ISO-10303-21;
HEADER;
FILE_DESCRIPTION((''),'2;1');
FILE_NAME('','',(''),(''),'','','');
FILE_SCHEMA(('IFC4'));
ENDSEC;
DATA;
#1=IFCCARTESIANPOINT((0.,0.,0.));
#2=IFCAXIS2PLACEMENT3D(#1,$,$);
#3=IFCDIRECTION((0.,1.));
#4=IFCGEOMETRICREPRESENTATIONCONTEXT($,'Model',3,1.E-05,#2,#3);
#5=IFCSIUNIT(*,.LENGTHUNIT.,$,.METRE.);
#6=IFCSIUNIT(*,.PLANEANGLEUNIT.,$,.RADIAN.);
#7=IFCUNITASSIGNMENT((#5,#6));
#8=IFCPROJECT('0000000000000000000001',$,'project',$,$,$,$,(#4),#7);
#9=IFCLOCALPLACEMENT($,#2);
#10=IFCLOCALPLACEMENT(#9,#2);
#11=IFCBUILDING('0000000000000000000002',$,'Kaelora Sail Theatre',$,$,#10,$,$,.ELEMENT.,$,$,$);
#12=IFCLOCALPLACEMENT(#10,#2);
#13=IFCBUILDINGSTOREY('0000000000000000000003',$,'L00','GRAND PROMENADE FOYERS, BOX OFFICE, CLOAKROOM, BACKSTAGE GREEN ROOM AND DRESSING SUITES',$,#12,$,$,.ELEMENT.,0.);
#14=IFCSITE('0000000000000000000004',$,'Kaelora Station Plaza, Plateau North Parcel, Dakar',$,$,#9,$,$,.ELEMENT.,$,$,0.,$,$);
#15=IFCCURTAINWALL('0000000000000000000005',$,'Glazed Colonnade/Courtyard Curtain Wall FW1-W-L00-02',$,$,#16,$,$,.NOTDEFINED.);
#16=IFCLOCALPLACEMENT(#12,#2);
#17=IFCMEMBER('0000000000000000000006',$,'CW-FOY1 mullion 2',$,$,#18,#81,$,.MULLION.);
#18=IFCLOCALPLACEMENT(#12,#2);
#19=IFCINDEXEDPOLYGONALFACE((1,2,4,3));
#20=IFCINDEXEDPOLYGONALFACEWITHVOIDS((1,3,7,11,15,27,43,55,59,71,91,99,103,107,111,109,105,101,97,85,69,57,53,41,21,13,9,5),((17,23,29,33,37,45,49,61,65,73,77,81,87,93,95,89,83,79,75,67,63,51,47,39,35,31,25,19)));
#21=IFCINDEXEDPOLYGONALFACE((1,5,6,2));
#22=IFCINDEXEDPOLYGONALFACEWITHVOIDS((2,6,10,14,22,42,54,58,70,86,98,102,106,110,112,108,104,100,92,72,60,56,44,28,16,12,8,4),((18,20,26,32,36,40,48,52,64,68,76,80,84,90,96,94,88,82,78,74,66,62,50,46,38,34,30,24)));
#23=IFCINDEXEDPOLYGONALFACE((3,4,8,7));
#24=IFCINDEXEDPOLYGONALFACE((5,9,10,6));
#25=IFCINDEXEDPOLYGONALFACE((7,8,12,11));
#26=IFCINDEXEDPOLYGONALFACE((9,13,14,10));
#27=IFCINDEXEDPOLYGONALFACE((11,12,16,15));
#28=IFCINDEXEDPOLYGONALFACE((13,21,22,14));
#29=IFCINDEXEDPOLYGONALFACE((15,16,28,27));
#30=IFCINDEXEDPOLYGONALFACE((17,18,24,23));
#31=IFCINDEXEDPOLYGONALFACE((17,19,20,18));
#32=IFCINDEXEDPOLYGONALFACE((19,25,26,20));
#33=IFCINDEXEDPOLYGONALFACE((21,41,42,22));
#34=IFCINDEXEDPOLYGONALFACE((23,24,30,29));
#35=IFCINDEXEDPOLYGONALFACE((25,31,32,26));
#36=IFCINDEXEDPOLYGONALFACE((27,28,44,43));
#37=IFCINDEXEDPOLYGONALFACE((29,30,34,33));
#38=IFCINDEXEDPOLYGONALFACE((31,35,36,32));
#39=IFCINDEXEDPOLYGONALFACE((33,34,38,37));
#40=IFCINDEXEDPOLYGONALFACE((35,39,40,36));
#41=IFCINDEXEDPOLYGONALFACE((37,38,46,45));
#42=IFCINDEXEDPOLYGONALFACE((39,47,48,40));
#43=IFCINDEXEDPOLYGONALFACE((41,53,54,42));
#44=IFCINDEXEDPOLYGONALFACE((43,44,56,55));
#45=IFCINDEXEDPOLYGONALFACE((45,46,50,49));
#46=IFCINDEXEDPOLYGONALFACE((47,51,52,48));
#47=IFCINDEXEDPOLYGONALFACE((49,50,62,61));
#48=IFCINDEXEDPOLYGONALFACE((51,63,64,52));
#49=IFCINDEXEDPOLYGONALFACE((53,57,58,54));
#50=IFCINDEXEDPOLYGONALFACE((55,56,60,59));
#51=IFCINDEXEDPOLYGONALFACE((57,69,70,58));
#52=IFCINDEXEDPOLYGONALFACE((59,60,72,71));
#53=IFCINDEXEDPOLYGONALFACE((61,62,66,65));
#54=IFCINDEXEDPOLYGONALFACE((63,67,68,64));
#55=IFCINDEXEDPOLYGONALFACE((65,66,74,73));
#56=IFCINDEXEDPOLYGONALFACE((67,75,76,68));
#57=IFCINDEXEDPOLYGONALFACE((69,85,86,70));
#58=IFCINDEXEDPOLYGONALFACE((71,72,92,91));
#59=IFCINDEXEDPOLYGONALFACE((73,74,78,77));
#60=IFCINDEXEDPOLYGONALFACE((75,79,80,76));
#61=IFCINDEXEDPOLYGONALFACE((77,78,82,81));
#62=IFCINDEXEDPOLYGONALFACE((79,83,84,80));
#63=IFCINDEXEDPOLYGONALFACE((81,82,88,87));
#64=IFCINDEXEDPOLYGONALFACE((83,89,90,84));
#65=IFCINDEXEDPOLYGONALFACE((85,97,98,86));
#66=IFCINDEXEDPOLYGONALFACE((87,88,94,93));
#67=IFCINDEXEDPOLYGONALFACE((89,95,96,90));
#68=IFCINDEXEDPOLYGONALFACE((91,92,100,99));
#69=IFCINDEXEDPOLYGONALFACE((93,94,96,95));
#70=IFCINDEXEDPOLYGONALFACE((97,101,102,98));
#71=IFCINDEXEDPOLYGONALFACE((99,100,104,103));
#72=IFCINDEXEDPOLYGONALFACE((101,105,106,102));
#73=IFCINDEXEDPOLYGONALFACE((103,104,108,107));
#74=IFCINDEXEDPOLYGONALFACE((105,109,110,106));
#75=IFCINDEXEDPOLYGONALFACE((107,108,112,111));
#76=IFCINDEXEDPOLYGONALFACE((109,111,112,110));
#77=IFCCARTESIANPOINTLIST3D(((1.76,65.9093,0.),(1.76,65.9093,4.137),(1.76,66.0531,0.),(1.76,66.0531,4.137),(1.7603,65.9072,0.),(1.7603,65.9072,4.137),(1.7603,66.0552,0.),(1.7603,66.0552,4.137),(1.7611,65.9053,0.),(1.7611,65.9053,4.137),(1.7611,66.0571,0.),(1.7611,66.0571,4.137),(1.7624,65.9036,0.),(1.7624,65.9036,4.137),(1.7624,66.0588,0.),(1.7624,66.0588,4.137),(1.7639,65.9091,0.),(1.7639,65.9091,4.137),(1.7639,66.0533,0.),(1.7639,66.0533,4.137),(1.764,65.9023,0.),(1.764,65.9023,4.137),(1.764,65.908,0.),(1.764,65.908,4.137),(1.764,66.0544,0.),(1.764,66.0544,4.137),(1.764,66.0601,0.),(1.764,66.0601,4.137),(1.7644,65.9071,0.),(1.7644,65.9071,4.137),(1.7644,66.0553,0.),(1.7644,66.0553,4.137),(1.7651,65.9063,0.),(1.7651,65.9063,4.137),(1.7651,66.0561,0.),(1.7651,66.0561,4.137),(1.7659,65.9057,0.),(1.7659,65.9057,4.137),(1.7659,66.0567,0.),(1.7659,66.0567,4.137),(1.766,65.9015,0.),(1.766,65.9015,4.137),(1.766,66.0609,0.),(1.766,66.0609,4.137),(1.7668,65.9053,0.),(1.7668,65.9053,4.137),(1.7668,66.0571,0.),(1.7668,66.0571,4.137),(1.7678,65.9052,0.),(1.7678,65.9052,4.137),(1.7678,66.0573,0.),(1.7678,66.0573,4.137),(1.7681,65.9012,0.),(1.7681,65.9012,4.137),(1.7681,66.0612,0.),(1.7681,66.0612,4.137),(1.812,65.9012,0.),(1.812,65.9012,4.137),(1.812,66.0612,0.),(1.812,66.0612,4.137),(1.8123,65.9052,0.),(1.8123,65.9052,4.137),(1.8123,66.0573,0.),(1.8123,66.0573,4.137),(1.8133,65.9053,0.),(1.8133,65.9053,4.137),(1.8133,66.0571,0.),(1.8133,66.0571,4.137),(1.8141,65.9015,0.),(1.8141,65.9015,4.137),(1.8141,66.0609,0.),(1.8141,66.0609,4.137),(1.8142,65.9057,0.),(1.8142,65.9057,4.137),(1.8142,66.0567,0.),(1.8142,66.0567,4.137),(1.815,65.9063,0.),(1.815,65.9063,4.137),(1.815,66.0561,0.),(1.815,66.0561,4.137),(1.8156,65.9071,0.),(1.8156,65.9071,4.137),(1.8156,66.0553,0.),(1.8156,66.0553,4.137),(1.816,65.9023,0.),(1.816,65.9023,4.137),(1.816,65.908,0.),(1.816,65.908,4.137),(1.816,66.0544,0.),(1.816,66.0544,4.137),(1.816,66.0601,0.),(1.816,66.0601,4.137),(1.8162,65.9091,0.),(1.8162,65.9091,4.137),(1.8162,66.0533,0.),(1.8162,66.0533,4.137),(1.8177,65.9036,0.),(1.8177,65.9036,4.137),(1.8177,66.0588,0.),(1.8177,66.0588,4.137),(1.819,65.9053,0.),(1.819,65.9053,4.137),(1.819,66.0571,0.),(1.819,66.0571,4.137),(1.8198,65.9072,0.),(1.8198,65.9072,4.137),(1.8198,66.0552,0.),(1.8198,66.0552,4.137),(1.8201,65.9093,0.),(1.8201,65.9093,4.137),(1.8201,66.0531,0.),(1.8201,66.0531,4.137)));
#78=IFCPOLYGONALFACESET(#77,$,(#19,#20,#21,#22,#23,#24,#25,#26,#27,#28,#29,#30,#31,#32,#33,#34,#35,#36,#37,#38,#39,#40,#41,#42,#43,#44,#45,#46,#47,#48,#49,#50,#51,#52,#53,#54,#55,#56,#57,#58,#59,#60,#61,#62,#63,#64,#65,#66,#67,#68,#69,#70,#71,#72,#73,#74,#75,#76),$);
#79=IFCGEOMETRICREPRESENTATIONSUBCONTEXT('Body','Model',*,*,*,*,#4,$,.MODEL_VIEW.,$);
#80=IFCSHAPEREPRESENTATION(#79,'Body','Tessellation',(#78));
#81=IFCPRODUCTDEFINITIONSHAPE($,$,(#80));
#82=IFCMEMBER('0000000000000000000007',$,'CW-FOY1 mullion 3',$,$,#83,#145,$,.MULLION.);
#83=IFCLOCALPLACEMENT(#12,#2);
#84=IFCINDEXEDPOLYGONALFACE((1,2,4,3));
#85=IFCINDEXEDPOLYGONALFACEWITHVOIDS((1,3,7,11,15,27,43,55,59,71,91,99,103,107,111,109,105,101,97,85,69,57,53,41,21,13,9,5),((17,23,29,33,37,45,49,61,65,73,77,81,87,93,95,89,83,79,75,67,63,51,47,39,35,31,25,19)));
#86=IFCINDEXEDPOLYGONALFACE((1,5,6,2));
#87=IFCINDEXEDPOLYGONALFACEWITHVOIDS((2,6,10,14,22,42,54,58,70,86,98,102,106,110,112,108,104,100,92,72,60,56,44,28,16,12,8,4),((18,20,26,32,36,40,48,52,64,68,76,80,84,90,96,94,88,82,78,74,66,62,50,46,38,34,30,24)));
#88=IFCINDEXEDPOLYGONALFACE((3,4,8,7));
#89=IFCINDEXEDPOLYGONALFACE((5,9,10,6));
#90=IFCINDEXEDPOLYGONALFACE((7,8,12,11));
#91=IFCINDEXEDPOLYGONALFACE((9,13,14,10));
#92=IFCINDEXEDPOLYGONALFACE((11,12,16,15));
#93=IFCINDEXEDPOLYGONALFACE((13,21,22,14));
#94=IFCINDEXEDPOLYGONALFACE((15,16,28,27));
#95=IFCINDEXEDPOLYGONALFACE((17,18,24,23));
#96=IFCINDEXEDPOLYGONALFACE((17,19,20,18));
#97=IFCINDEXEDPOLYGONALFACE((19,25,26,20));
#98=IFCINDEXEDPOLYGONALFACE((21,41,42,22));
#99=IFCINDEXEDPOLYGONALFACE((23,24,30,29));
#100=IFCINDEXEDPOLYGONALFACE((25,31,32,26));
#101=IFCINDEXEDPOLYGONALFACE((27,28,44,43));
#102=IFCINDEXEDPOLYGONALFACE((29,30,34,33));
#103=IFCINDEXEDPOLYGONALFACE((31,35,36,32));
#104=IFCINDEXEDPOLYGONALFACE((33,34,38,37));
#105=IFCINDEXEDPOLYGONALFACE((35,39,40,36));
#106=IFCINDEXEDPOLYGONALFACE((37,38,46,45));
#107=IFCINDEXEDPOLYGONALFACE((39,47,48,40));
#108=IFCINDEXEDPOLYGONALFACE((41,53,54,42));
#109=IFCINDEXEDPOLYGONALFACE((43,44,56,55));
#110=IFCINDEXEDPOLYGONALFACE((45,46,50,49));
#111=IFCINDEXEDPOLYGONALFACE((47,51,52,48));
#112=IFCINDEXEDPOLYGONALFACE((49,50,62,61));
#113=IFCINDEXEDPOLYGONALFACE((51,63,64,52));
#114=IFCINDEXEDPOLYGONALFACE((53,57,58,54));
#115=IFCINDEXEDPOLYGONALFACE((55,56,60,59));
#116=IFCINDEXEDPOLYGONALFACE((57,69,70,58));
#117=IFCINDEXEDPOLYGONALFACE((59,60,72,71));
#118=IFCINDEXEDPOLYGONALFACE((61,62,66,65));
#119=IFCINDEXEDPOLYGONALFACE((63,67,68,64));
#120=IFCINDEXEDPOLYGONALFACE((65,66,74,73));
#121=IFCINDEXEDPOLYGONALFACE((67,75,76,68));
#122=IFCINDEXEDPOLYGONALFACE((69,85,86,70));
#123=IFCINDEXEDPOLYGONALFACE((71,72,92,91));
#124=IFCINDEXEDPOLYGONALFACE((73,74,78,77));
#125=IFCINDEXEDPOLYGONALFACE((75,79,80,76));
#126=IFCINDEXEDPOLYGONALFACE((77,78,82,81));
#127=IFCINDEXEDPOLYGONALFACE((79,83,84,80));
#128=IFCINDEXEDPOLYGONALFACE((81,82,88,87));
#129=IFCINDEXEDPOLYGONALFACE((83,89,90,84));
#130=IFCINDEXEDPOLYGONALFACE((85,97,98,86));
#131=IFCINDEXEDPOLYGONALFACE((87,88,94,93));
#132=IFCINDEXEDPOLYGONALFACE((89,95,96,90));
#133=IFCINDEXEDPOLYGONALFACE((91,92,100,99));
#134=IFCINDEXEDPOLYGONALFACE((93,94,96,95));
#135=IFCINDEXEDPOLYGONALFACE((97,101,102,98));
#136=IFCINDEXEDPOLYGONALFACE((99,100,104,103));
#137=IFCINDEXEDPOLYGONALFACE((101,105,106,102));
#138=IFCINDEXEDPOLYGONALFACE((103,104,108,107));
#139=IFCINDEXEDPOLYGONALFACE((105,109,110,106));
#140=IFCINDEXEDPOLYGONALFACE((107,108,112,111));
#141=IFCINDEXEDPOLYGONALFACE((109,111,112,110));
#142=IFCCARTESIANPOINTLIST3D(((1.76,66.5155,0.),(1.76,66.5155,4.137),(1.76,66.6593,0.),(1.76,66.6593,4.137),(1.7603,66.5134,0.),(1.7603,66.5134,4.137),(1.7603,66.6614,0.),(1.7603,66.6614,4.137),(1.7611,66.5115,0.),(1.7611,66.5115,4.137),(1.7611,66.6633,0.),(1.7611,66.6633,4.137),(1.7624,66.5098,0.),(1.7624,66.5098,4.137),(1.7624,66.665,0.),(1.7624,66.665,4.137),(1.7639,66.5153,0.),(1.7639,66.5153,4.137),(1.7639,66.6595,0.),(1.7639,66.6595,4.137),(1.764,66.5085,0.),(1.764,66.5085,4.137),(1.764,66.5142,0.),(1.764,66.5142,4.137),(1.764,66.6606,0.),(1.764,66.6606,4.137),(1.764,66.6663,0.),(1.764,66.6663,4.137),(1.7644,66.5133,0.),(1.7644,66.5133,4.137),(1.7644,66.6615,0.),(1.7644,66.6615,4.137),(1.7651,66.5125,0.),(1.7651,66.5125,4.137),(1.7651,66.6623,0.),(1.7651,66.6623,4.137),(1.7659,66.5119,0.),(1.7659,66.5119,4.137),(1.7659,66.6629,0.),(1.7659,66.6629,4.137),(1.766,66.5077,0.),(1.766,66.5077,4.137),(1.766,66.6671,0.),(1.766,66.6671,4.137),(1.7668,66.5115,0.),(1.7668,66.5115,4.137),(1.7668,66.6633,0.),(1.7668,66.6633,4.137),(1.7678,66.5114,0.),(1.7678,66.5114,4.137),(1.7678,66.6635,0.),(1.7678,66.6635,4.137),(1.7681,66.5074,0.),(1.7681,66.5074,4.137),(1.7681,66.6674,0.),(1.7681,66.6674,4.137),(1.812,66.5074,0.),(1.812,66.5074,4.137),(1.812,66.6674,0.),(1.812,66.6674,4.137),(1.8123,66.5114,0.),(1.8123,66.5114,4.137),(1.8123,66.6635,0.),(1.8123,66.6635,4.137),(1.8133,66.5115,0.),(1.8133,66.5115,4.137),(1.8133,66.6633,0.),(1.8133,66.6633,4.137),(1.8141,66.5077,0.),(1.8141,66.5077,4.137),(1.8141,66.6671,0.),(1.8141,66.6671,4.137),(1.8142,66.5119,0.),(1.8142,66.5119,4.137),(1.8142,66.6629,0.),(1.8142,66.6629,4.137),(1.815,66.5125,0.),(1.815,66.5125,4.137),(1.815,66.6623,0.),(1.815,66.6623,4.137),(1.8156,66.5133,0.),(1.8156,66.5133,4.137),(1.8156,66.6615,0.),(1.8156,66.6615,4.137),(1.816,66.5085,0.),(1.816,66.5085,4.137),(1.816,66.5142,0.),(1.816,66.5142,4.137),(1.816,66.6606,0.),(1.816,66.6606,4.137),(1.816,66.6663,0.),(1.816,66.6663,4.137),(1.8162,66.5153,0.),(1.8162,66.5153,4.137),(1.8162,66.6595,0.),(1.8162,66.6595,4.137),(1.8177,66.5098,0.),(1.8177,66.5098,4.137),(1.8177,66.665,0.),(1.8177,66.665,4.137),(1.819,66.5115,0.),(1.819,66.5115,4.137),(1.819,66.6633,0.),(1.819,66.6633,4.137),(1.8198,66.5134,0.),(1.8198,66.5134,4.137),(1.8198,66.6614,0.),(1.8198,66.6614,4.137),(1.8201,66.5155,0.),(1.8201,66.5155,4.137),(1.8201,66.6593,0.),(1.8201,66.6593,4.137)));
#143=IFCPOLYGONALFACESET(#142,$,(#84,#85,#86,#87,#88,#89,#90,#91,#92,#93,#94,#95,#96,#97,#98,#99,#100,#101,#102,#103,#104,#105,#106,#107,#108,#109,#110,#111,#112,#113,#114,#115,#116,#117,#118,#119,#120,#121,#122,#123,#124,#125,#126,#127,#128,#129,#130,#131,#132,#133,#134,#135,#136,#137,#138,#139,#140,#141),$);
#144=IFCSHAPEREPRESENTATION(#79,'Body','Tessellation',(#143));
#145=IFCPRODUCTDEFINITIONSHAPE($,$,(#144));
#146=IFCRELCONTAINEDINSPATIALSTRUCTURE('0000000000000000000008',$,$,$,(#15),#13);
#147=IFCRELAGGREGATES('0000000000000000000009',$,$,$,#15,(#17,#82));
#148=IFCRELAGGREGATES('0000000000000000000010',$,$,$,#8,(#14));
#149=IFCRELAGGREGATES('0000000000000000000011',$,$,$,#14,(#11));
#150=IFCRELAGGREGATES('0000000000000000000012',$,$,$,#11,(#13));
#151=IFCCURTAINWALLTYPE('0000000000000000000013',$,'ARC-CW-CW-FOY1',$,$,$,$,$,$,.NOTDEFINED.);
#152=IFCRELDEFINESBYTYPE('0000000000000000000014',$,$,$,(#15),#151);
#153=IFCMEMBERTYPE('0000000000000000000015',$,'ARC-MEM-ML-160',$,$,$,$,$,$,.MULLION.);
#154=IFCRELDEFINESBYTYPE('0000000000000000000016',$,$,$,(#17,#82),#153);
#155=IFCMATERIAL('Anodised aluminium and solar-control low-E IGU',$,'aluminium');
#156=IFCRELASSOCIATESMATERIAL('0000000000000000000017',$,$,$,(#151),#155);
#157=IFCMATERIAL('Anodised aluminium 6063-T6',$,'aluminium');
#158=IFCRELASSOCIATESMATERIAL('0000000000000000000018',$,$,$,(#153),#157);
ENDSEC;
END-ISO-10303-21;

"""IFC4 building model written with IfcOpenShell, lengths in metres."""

from ifc_helpers import new_model, si_unit, direction, frame, origin, origin_2d, place, context, subcontext, project, spatial, hollow_rectangle, extrude, material, material_profile, profile_set, type_object, element, aggregate, save


model = new_model("IFC4")

# Units and contexts
model_context = context("Model", 3, precision=1e-05, world=origin(), true_north=direction((0.0, 1.0)))
body_context = subcontext(model_context, "Body", "Model", "MODEL_VIEW")
ifc_project = project(units=[si_unit("LENGTHUNIT", "METRE"), si_unit("PLANEANGLEUNIT", "RADIAN")], contexts=[model_context])

# Site, building, storey
site_placement = place(None, origin())
site = spatial("IfcSite", under=ifc_project, at=site_placement, Name="Kaelora Station Plaza, Plateau North Parcel, Dakar", CompositionType="ELEMENT", RefElevation=0.0)
building_placement = place(site_placement, origin())
building = spatial("IfcBuilding", under=site, at=building_placement, Name="Kaelora Sail Theatre", CompositionType="ELEMENT")
storey_placement = place(building_placement, origin())
storey = spatial("IfcBuildingStorey", under=building, at=storey_placement, Name="L00", Description="GRAND PROMENADE FOYERS, BOX OFFICE, CLOAKROOM, BACKSTAGE GREEN ROOM AND DRESSING SUITES", CompositionType="ELEMENT", Elevation=0.0)

# Shared definitions
ifc_material_1 = material(Name="Anodised aluminium and solar-control low-E IGU", Category="aluminium")
curtain_wall_type = type_object("IfcCurtainWallType", Name="ARC-CW-CW-FOY1", PredefinedType="NOTDEFINED", material=ifc_material_1)
ifc_material_2 = material(Name="Anodised aluminium 6063-T6", Category="aluminium")
ifc_material_profile_1 = material_profile(ifc_material_2, hollow_rectangle(XDim=0.0601, YDim=0.1599, WallThickness=0.0039, InnerFilletRadius=0.0039, OuterFilletRadius=0.0081, at=origin_2d()), Name="ALU-MULL 60x160x4")
ifc_profile_set_1 = profile_set([ifc_material_profile_1], Name="Anodised aluminium 6063-T6")
member_type_1 = type_object("IfcMemberType", Name="ARC-MEM-ML-160", PredefinedType="MULLION", material=ifc_profile_set_1)

# Curtain wall, members
curtain_wall_1_placement = place(storey_placement, origin())
curtain_wall_1 = element("IfcCurtainWall", 1, at=curtain_wall_1_placement, inside=storey, type_object=curtain_wall_type, Name="Glazed Colonnade/Courtyard Curtain Wall FW1-W-L00-02", PredefinedType="NOTDEFINED")
member_1_placement = place(storey_placement, frame((1.79, 65.9812, 0.0), z_axis=(0.0, 0.0, 1.0), x_axis=(-1.0, 0.0, 0.0)))
member_1 = element("IfcMember", 2, at=member_1_placement, type_object=member_type_1, Name="CW-FOY1 mullion 2", PredefinedType="MULLION", context=body_context, shape_type="SweptSolid", body=[
    extrude(hollow_rectangle(XDim=0.0601, YDim=0.1599, WallThickness=0.0039, InnerFilletRadius=0.0039, OuterFilletRadius=0.0081, at=origin_2d()), origin(), (0.0, 0.0, 1.0), 4.137),
])
member_2_placement = place(storey_placement, frame((1.79, 66.5874, 0.0), z_axis=(0.0, 0.0, 1.0), x_axis=(-1.0, 0.0, 0.0)))
member_2 = element("IfcMember", 3, at=member_2_placement, type_object=member_type_1, Name="CW-FOY1 mullion 3", PredefinedType="MULLION", context=body_context, shape_type="SweptSolid", body=[
    extrude(hollow_rectangle(XDim=0.0601, YDim=0.1599, WallThickness=0.0039, InnerFilletRadius=0.0039, OuterFilletRadius=0.0081, at=origin_2d()), origin(), (0.0, 0.0, 1.0), 4.137),
])

aggregate(curtain_wall_1, [member_1, member_2])

save(model, "model.ifc")
